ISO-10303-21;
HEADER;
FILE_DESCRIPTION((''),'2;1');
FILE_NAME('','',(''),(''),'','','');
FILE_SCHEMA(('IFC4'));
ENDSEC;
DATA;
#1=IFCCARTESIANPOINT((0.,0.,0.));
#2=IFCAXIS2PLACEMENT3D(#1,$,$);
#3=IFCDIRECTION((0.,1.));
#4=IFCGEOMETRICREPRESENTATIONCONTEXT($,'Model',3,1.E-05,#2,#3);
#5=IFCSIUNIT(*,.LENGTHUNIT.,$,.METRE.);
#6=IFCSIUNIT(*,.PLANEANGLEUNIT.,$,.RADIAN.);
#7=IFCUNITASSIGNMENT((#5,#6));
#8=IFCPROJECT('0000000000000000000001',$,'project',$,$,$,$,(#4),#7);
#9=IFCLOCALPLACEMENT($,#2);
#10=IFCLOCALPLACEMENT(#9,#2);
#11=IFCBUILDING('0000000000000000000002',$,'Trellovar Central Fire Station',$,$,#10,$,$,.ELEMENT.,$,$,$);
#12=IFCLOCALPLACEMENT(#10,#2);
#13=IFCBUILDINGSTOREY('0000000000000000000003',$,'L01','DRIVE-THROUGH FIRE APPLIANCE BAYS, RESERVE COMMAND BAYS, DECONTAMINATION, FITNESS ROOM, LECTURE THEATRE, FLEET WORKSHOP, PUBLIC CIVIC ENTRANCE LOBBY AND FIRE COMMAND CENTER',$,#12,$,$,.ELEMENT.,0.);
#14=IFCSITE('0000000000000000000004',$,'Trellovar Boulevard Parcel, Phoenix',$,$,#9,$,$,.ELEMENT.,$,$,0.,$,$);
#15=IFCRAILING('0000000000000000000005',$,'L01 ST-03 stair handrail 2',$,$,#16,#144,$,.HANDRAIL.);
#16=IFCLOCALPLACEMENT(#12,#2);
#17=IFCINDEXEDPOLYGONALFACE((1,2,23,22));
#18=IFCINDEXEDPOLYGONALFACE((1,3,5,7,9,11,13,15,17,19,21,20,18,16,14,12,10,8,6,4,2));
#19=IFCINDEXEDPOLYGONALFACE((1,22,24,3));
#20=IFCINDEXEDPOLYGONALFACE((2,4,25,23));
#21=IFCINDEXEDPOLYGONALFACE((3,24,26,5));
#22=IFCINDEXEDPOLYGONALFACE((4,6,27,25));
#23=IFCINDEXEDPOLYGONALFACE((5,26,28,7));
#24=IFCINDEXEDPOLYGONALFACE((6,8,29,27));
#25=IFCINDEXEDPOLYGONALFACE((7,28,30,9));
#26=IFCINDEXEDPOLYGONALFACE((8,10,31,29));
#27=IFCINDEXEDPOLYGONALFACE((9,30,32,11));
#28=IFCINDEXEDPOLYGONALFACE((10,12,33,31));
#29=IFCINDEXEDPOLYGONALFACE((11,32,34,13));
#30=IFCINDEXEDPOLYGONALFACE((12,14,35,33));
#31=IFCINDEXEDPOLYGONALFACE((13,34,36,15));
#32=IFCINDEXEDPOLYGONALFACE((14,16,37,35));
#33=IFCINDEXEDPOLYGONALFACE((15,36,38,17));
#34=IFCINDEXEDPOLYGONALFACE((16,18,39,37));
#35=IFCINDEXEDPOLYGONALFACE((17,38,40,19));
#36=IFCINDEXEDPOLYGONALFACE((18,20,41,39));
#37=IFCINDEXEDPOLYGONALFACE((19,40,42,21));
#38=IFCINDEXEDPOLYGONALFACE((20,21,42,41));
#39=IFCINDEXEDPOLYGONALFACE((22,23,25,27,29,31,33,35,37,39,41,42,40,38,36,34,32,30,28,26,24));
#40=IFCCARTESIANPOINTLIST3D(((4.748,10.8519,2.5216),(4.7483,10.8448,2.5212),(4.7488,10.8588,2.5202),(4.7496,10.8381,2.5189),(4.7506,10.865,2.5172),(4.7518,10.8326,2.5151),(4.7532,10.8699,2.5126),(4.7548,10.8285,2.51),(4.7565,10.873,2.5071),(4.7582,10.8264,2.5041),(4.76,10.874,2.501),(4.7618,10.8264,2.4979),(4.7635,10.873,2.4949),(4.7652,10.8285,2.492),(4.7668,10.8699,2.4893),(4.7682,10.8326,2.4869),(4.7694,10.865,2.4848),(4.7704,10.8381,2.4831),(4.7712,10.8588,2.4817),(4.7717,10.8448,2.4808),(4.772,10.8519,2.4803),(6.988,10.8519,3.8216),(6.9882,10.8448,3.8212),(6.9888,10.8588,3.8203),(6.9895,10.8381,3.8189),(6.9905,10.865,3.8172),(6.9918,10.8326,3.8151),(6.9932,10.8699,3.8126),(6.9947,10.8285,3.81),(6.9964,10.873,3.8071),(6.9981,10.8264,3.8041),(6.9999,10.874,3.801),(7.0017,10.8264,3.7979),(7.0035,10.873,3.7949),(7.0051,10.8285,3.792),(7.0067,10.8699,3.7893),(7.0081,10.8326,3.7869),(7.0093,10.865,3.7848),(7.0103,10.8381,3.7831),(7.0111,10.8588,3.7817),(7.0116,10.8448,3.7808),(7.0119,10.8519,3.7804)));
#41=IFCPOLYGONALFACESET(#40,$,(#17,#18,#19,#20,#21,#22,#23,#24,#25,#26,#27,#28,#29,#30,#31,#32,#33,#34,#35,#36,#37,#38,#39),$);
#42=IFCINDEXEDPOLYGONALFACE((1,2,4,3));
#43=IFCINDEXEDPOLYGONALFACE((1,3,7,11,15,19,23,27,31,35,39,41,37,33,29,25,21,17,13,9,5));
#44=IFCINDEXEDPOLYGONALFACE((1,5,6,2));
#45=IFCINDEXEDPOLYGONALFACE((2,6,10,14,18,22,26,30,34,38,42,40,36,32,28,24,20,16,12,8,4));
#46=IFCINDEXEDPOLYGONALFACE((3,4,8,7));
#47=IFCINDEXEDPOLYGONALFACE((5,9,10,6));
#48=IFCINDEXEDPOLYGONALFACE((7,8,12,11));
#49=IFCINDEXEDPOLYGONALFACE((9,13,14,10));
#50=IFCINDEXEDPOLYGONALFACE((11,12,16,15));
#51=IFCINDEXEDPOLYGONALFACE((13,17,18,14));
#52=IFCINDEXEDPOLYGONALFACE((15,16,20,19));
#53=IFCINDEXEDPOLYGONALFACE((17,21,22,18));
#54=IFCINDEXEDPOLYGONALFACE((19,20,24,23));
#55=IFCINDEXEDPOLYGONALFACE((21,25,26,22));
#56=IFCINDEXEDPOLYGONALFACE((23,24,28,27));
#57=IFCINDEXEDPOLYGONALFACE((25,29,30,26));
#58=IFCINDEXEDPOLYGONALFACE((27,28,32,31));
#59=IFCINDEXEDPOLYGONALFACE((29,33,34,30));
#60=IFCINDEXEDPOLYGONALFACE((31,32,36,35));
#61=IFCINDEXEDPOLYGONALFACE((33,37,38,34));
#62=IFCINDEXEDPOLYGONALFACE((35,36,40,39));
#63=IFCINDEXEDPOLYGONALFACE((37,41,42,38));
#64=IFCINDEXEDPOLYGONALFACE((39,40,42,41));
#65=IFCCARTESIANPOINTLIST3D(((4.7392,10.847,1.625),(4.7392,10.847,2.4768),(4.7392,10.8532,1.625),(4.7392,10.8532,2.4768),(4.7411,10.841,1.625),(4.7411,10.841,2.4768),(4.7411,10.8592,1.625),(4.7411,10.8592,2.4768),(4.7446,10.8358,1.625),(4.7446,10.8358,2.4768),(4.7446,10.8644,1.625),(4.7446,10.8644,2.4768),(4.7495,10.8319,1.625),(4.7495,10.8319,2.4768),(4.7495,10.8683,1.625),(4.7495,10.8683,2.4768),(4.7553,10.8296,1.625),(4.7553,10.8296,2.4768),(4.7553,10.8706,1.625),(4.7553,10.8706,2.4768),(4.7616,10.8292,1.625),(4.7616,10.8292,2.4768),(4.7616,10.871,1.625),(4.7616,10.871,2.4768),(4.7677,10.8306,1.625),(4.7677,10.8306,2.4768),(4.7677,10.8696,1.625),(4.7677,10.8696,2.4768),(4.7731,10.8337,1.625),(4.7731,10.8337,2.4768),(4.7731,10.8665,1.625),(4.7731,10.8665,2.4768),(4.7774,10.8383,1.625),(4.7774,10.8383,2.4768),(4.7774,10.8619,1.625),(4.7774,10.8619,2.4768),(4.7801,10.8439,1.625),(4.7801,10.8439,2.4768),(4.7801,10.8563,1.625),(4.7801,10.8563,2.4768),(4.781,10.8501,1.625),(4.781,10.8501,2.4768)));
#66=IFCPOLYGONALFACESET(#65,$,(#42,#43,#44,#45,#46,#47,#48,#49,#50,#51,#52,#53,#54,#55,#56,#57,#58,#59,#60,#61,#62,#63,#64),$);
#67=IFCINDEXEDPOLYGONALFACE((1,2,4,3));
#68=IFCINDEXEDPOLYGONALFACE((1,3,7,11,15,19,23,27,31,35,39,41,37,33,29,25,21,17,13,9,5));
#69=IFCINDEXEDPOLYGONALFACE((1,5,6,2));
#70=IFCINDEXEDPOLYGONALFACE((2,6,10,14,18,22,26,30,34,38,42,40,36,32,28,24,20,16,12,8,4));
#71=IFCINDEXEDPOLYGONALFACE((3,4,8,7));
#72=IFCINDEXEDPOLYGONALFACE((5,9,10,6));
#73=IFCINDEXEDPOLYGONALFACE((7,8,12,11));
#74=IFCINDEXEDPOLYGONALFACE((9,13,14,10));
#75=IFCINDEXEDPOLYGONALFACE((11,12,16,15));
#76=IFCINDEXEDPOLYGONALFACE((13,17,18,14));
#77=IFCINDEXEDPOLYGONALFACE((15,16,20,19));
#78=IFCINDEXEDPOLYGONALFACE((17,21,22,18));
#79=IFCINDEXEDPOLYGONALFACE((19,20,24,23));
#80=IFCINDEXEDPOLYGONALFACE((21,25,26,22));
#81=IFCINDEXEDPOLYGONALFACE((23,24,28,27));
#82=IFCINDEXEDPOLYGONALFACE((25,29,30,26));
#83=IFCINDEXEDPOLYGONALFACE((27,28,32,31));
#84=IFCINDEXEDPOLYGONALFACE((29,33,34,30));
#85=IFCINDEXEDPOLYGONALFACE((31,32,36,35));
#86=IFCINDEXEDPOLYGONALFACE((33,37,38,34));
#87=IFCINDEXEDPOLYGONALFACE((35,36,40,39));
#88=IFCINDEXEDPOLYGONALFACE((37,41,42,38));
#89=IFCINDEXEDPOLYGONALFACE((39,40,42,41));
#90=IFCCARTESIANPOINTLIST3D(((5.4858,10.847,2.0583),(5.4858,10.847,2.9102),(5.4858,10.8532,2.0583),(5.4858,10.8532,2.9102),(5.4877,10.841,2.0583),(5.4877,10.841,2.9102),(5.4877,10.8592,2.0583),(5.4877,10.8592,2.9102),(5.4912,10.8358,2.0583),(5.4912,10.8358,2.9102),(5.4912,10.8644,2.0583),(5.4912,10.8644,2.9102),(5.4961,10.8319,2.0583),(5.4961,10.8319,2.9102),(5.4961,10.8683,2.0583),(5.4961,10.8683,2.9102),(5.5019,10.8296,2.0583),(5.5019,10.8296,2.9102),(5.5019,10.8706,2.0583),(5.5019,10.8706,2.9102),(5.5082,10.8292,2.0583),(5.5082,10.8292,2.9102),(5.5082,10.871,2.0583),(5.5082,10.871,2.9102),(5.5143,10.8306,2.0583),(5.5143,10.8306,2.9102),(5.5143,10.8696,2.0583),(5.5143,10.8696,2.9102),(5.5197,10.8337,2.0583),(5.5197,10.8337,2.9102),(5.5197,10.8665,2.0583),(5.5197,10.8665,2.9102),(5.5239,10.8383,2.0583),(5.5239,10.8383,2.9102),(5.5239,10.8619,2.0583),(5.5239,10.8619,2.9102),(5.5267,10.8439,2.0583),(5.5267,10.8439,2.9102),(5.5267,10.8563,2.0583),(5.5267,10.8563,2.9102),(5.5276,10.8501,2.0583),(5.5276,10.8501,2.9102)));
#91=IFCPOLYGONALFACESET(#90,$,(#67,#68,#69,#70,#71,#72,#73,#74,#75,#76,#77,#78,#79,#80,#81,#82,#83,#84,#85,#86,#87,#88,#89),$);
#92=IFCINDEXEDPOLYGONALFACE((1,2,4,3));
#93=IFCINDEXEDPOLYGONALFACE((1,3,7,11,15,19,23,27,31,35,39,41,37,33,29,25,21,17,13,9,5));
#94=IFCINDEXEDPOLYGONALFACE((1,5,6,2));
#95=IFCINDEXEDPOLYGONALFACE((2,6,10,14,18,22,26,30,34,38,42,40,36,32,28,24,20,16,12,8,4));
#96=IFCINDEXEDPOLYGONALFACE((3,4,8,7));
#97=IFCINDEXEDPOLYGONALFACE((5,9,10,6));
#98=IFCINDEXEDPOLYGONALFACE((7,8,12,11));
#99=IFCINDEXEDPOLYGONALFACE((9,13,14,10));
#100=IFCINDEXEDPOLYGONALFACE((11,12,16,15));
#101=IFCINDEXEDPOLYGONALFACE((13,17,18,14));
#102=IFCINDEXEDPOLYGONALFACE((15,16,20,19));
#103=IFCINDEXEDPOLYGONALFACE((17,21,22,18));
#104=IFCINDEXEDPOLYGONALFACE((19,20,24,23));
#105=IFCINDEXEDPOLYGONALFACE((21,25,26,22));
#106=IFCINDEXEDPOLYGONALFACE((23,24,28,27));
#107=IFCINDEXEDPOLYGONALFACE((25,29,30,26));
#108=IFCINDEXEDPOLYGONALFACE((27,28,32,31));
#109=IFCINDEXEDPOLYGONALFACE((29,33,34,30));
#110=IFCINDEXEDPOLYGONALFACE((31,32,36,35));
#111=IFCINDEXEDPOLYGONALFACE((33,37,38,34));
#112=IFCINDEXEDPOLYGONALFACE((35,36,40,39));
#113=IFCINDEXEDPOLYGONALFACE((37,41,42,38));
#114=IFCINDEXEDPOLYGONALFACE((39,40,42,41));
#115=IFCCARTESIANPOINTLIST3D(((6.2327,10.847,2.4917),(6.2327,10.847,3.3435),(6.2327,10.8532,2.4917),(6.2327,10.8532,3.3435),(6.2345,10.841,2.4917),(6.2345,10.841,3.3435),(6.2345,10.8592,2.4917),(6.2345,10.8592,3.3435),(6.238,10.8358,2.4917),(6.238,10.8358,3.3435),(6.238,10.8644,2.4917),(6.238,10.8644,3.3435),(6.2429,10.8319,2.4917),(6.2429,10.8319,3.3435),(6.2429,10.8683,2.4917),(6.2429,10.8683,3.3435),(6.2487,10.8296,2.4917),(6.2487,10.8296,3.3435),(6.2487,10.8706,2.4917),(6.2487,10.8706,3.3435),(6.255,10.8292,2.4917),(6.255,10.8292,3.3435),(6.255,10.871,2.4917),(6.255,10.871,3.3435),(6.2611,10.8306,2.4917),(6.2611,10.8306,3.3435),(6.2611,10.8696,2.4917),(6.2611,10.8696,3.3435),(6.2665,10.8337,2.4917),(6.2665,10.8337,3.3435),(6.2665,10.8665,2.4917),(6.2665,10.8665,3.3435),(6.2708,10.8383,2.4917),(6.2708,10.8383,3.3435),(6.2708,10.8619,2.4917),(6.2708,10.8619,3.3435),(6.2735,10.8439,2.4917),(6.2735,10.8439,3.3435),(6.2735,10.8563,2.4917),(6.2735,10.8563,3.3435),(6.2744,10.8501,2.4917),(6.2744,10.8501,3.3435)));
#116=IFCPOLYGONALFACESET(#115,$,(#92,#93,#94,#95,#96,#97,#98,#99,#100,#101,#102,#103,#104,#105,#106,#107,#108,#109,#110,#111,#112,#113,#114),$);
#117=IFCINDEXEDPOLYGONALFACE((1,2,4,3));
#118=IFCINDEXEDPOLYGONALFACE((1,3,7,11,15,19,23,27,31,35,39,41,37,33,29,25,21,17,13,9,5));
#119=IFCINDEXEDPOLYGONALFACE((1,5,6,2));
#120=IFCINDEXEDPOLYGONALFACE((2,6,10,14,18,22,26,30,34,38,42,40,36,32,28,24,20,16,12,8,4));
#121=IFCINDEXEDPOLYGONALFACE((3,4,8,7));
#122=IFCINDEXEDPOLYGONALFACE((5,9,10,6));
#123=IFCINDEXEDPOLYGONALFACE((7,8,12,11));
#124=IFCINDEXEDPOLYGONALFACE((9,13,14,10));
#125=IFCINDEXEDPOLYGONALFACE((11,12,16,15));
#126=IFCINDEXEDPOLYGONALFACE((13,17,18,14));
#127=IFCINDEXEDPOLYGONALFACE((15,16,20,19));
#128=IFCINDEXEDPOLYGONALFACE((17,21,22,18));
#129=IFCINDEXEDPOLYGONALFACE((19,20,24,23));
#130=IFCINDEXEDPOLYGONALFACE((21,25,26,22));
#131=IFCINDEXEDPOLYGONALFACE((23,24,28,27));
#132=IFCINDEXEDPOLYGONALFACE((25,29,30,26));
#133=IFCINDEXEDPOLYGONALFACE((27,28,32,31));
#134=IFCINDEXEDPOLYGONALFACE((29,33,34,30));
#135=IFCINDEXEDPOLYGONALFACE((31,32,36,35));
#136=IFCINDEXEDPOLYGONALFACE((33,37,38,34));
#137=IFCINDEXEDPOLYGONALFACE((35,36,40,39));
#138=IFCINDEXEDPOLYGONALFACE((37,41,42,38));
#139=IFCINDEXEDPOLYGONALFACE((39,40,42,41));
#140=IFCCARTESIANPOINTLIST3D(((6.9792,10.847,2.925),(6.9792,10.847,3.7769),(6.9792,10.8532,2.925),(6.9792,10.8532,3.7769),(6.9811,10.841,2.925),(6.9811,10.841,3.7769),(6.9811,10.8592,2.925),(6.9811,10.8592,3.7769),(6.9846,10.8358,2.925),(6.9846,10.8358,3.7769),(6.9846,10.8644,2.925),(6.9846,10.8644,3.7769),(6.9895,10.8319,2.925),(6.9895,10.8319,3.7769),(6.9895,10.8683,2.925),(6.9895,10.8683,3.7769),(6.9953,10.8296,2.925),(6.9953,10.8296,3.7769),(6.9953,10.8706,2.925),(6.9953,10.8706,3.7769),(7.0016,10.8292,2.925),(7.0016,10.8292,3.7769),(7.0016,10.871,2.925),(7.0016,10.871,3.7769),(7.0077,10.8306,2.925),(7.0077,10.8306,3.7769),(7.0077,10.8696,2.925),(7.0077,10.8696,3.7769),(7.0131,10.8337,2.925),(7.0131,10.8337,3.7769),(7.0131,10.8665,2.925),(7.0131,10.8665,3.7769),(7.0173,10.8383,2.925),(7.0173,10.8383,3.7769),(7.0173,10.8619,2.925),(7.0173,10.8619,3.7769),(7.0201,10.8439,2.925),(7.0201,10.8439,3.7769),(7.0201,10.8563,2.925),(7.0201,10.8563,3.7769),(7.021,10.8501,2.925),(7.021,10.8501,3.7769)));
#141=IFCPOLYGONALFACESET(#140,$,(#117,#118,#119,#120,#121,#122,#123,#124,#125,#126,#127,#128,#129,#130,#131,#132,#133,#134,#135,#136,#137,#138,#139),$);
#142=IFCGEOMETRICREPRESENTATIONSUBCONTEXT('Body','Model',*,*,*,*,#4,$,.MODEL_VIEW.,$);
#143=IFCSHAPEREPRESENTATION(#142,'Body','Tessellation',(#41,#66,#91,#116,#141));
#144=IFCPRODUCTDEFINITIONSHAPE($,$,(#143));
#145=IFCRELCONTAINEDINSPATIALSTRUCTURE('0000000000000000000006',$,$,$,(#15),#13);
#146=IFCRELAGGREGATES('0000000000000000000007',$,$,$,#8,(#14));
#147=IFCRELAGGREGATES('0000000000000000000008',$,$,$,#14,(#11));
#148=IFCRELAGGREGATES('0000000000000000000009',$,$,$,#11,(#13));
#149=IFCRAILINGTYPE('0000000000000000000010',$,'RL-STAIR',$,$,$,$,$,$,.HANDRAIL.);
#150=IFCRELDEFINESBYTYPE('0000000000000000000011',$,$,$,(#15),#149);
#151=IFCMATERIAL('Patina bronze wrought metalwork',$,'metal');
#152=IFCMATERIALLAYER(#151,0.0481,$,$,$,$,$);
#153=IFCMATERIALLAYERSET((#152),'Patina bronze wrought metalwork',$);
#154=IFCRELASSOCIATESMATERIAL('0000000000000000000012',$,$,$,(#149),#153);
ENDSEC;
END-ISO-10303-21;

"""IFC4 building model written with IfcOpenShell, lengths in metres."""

from ifc_helpers import new_model, si_unit, direction, frame, origin, origin_2d, place, context, subcontext, project, spatial, circle, extrude, material, layer, layer_set, type_object, element, save


model = new_model("IFC4")

# Units and contexts
model_context = context("Model", 3, precision=1e-05, world=origin(), true_north=direction((0.0, 1.0)))
body_context = subcontext(model_context, "Body", "Model", "MODEL_VIEW")
ifc_project = project(units=[si_unit("LENGTHUNIT", "METRE"), si_unit("PLANEANGLEUNIT", "RADIAN")], contexts=[model_context])

# Site, building, storey
site_placement = place(None, origin())
site = spatial("IfcSite", under=ifc_project, at=site_placement, Name="Trellovar Boulevard Parcel, Phoenix", CompositionType="ELEMENT", RefElevation=0.0)
building_placement = place(site_placement, origin())
building = spatial("IfcBuilding", under=site, at=building_placement, Name="Trellovar Central Fire Station", CompositionType="ELEMENT")
storey_placement = place(building_placement, origin())
storey = spatial("IfcBuildingStorey", under=building, at=storey_placement, Name="L01", Description="DRIVE-THROUGH FIRE APPLIANCE BAYS, RESERVE COMMAND BAYS, DECONTAMINATION, FITNESS ROOM, LECTURE THEATRE, FLEET WORKSHOP, PUBLIC CIVIC ENTRANCE LOBBY AND FIRE COMMAND CENTER", CompositionType="ELEMENT", Elevation=0.0)

# Railing
ifc_material_1 = material(Name="Patina bronze wrought metalwork", Category="metal")
ifc_layer_1 = layer(ifc_material_1, 0.0481)
ifc_layer_set_1 = layer_set([ifc_layer_1], Name="Patina bronze wrought metalwork")
railing_type_1 = type_object("IfcRailingType", Name="RL-STAIR", PredefinedType="HANDRAIL", material=ifc_layer_set_1)
railing_1_placement = place(storey_placement, frame((4.76, 10.8501, 1.625)))
element("IfcRailing", 1, at=railing_1_placement, inside=storey, type_object=railing_type_1, Name="L01 ST-03 stair handrail 2", PredefinedType="HANDRAIL", context=body_context, shape_type="SweptSolid", body=[
    extrude(circle(Radius=0.0239, at=origin_2d()), frame((0.0, 0.0, 0.876), z_axis=(0.864888, 0.0, 0.501965), x_axis=(0.0, 1.0, 0.0)), (0.0, 0.0, 1.0), 2.5898),
    extrude(circle(Radius=0.021, at=origin_2d()), origin(), (0.0, 0.0, 1.0), 0.8518),
    extrude(circle(Radius=0.021, at=origin_2d()), frame((0.7466, 0.0, 0.4333)), (0.0, 0.0, 1.0), 0.8518),
    extrude(circle(Radius=0.021, at=origin_2d()), frame((1.4934, 0.0, 0.8667)), (0.0, 0.0, 1.0), 0.8518),
    extrude(circle(Radius=0.021, at=origin_2d()), frame((2.24, 0.0, 1.3)), (0.0, 0.0, 1.0), 0.8518),
])

save(model, "model.ifc")
